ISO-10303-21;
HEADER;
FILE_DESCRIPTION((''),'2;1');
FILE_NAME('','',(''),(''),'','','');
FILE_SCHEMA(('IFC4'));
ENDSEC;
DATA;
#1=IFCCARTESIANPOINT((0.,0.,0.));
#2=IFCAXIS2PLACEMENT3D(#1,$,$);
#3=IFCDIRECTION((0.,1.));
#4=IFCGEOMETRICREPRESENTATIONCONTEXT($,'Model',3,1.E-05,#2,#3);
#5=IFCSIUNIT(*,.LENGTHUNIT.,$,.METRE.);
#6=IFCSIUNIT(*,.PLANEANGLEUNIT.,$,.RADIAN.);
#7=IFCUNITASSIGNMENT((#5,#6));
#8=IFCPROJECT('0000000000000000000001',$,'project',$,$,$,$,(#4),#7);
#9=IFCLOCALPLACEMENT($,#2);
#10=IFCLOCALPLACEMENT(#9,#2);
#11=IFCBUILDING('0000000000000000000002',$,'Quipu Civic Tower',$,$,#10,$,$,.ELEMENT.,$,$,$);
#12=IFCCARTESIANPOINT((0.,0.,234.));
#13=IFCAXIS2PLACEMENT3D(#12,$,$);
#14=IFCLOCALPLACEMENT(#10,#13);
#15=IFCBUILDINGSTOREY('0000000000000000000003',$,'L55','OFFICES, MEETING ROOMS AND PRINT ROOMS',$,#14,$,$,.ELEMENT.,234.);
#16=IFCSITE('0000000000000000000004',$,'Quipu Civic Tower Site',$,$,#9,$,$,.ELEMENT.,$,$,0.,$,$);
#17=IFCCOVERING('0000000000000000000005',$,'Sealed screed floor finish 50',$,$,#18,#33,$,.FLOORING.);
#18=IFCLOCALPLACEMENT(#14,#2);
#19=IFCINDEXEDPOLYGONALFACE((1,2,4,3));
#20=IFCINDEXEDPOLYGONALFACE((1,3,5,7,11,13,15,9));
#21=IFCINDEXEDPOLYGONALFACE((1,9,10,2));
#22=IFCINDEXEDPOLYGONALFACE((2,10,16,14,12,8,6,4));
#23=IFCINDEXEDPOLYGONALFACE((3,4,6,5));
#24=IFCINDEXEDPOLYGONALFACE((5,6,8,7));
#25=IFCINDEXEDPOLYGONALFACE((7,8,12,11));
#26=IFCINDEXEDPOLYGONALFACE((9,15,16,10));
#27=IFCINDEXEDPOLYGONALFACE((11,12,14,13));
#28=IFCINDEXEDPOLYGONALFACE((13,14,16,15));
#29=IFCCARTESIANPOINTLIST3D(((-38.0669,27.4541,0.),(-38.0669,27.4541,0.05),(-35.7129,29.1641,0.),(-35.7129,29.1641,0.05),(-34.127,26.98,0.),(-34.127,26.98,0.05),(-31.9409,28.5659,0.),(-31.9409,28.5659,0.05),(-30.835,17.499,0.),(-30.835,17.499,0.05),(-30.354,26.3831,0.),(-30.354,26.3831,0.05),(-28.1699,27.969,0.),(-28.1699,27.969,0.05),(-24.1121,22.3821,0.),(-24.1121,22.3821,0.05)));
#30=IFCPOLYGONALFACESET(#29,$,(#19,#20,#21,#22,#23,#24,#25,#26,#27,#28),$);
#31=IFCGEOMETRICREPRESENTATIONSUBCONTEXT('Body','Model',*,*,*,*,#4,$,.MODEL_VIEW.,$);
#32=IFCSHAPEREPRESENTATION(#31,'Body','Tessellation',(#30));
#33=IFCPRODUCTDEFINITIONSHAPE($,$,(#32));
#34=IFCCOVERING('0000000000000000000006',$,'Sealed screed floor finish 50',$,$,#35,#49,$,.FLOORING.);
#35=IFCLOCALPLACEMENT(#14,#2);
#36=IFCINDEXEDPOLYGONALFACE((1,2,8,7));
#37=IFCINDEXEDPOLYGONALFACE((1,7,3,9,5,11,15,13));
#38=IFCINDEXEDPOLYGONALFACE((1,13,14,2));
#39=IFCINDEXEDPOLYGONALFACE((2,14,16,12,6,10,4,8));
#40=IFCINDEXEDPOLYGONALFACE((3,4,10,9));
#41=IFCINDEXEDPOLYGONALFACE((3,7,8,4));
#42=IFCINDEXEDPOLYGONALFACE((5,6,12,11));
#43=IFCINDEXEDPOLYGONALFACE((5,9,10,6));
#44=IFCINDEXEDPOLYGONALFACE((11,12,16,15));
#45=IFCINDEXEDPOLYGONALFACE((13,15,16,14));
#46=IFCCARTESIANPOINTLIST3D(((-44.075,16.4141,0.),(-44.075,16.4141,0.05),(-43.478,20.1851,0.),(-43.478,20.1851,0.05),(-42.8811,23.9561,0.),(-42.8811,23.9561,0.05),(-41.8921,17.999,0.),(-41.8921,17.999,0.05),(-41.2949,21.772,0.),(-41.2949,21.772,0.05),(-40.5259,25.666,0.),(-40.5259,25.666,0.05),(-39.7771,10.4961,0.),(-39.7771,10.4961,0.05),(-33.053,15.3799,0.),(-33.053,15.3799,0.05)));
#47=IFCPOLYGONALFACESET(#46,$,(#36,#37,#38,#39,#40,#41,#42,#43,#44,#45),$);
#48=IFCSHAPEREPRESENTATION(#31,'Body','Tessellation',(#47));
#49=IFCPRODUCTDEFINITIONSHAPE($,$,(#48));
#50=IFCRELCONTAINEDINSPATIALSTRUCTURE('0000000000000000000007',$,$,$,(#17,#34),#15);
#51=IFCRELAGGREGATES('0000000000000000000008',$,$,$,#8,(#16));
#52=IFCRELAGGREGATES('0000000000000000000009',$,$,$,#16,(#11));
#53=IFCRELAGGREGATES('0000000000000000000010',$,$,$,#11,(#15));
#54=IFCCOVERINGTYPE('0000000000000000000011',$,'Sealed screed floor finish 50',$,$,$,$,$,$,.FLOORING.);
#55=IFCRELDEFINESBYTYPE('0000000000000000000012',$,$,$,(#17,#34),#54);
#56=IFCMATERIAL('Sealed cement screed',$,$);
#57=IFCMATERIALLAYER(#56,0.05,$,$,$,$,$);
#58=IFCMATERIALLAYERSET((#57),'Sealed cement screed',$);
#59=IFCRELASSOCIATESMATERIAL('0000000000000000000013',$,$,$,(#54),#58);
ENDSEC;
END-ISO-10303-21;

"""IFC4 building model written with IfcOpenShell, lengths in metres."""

from ifc_helpers import new_model, si_unit, direction, frame, origin, place, context, subcontext, project, spatial, polyline, outline, extrude, material, layer, layer_set, type_object, element, save


model = new_model("IFC4")

# Units and contexts
model_context = context("Model", 3, precision=1e-05, world=origin(), true_north=direction((0.0, 1.0)))
body_context = subcontext(model_context, "Body", "Model", "MODEL_VIEW")
ifc_project = project(units=[si_unit("LENGTHUNIT", "METRE"), si_unit("PLANEANGLEUNIT", "RADIAN")], contexts=[model_context])

# Site, building, storey
site_placement = place(None, origin())
site = spatial("IfcSite", under=ifc_project, at=site_placement, Name="Quipu Civic Tower Site", CompositionType="ELEMENT", RefElevation=0.0)
building_placement = place(site_placement, origin())
building = spatial("IfcBuilding", under=site, at=building_placement, Name="Quipu Civic Tower", CompositionType="ELEMENT")
storey_placement = place(building_placement, frame((0.0, 0.0, 234.0)))
storey = spatial("IfcBuildingStorey", under=building, at=storey_placement, Name="L55", Description="OFFICES, MEETING ROOMS AND PRINT ROOMS", CompositionType="ELEMENT", Elevation=234.0)

# Coverings
ifc_material_1 = material(Name="Sealed cement screed")
ifc_layer_1 = layer(ifc_material_1, 0.05)
ifc_layer_set_1 = layer_set([ifc_layer_1], Name="Sealed cement screed")
covering_type_1 = type_object("IfcCoveringType", Name="Sealed screed floor finish 50", PredefinedType="FLOORING", material=ifc_layer_set_1)
covering_1_placement = place(storey_placement, origin())
element("IfcCovering", 1, at=covering_1_placement, inside=storey, type_object=covering_type_1, Name="Sealed screed floor finish 50", PredefinedType="FLOORING", context=body_context, shape_type="SweptSolid", body=[
    extrude(outline(polyline([(-38.0669, 27.4541), (-35.7129, 29.1641), (-34.127, 26.98), (-31.9409, 28.5659), (-30.354, 26.3831), (-28.1699, 27.969), (-24.1121, 22.3821), (-30.835, 17.499), (-38.0669, 27.4541)])), origin(), (0.0, 0.0, 1.0), 0.05),
])
covering_2_placement = place(storey_placement, origin())
element("IfcCovering", 2, at=covering_2_placement, inside=storey, type_object=covering_type_1, Name="Sealed screed floor finish 50", PredefinedType="FLOORING", context=body_context, shape_type="SweptSolid", body=[
    extrude(outline(polyline([(-44.075, 16.4141), (-41.8921, 17.999), (-43.478, 20.1851), (-41.2949, 21.772), (-42.8811, 23.9561), (-40.5259, 25.666), (-33.053, 15.3799), (-39.7771, 10.4961), (-44.075, 16.4141)])), origin(), (0.0, 0.0, 1.0), 0.05),
])

save(model, "model.ifc")
